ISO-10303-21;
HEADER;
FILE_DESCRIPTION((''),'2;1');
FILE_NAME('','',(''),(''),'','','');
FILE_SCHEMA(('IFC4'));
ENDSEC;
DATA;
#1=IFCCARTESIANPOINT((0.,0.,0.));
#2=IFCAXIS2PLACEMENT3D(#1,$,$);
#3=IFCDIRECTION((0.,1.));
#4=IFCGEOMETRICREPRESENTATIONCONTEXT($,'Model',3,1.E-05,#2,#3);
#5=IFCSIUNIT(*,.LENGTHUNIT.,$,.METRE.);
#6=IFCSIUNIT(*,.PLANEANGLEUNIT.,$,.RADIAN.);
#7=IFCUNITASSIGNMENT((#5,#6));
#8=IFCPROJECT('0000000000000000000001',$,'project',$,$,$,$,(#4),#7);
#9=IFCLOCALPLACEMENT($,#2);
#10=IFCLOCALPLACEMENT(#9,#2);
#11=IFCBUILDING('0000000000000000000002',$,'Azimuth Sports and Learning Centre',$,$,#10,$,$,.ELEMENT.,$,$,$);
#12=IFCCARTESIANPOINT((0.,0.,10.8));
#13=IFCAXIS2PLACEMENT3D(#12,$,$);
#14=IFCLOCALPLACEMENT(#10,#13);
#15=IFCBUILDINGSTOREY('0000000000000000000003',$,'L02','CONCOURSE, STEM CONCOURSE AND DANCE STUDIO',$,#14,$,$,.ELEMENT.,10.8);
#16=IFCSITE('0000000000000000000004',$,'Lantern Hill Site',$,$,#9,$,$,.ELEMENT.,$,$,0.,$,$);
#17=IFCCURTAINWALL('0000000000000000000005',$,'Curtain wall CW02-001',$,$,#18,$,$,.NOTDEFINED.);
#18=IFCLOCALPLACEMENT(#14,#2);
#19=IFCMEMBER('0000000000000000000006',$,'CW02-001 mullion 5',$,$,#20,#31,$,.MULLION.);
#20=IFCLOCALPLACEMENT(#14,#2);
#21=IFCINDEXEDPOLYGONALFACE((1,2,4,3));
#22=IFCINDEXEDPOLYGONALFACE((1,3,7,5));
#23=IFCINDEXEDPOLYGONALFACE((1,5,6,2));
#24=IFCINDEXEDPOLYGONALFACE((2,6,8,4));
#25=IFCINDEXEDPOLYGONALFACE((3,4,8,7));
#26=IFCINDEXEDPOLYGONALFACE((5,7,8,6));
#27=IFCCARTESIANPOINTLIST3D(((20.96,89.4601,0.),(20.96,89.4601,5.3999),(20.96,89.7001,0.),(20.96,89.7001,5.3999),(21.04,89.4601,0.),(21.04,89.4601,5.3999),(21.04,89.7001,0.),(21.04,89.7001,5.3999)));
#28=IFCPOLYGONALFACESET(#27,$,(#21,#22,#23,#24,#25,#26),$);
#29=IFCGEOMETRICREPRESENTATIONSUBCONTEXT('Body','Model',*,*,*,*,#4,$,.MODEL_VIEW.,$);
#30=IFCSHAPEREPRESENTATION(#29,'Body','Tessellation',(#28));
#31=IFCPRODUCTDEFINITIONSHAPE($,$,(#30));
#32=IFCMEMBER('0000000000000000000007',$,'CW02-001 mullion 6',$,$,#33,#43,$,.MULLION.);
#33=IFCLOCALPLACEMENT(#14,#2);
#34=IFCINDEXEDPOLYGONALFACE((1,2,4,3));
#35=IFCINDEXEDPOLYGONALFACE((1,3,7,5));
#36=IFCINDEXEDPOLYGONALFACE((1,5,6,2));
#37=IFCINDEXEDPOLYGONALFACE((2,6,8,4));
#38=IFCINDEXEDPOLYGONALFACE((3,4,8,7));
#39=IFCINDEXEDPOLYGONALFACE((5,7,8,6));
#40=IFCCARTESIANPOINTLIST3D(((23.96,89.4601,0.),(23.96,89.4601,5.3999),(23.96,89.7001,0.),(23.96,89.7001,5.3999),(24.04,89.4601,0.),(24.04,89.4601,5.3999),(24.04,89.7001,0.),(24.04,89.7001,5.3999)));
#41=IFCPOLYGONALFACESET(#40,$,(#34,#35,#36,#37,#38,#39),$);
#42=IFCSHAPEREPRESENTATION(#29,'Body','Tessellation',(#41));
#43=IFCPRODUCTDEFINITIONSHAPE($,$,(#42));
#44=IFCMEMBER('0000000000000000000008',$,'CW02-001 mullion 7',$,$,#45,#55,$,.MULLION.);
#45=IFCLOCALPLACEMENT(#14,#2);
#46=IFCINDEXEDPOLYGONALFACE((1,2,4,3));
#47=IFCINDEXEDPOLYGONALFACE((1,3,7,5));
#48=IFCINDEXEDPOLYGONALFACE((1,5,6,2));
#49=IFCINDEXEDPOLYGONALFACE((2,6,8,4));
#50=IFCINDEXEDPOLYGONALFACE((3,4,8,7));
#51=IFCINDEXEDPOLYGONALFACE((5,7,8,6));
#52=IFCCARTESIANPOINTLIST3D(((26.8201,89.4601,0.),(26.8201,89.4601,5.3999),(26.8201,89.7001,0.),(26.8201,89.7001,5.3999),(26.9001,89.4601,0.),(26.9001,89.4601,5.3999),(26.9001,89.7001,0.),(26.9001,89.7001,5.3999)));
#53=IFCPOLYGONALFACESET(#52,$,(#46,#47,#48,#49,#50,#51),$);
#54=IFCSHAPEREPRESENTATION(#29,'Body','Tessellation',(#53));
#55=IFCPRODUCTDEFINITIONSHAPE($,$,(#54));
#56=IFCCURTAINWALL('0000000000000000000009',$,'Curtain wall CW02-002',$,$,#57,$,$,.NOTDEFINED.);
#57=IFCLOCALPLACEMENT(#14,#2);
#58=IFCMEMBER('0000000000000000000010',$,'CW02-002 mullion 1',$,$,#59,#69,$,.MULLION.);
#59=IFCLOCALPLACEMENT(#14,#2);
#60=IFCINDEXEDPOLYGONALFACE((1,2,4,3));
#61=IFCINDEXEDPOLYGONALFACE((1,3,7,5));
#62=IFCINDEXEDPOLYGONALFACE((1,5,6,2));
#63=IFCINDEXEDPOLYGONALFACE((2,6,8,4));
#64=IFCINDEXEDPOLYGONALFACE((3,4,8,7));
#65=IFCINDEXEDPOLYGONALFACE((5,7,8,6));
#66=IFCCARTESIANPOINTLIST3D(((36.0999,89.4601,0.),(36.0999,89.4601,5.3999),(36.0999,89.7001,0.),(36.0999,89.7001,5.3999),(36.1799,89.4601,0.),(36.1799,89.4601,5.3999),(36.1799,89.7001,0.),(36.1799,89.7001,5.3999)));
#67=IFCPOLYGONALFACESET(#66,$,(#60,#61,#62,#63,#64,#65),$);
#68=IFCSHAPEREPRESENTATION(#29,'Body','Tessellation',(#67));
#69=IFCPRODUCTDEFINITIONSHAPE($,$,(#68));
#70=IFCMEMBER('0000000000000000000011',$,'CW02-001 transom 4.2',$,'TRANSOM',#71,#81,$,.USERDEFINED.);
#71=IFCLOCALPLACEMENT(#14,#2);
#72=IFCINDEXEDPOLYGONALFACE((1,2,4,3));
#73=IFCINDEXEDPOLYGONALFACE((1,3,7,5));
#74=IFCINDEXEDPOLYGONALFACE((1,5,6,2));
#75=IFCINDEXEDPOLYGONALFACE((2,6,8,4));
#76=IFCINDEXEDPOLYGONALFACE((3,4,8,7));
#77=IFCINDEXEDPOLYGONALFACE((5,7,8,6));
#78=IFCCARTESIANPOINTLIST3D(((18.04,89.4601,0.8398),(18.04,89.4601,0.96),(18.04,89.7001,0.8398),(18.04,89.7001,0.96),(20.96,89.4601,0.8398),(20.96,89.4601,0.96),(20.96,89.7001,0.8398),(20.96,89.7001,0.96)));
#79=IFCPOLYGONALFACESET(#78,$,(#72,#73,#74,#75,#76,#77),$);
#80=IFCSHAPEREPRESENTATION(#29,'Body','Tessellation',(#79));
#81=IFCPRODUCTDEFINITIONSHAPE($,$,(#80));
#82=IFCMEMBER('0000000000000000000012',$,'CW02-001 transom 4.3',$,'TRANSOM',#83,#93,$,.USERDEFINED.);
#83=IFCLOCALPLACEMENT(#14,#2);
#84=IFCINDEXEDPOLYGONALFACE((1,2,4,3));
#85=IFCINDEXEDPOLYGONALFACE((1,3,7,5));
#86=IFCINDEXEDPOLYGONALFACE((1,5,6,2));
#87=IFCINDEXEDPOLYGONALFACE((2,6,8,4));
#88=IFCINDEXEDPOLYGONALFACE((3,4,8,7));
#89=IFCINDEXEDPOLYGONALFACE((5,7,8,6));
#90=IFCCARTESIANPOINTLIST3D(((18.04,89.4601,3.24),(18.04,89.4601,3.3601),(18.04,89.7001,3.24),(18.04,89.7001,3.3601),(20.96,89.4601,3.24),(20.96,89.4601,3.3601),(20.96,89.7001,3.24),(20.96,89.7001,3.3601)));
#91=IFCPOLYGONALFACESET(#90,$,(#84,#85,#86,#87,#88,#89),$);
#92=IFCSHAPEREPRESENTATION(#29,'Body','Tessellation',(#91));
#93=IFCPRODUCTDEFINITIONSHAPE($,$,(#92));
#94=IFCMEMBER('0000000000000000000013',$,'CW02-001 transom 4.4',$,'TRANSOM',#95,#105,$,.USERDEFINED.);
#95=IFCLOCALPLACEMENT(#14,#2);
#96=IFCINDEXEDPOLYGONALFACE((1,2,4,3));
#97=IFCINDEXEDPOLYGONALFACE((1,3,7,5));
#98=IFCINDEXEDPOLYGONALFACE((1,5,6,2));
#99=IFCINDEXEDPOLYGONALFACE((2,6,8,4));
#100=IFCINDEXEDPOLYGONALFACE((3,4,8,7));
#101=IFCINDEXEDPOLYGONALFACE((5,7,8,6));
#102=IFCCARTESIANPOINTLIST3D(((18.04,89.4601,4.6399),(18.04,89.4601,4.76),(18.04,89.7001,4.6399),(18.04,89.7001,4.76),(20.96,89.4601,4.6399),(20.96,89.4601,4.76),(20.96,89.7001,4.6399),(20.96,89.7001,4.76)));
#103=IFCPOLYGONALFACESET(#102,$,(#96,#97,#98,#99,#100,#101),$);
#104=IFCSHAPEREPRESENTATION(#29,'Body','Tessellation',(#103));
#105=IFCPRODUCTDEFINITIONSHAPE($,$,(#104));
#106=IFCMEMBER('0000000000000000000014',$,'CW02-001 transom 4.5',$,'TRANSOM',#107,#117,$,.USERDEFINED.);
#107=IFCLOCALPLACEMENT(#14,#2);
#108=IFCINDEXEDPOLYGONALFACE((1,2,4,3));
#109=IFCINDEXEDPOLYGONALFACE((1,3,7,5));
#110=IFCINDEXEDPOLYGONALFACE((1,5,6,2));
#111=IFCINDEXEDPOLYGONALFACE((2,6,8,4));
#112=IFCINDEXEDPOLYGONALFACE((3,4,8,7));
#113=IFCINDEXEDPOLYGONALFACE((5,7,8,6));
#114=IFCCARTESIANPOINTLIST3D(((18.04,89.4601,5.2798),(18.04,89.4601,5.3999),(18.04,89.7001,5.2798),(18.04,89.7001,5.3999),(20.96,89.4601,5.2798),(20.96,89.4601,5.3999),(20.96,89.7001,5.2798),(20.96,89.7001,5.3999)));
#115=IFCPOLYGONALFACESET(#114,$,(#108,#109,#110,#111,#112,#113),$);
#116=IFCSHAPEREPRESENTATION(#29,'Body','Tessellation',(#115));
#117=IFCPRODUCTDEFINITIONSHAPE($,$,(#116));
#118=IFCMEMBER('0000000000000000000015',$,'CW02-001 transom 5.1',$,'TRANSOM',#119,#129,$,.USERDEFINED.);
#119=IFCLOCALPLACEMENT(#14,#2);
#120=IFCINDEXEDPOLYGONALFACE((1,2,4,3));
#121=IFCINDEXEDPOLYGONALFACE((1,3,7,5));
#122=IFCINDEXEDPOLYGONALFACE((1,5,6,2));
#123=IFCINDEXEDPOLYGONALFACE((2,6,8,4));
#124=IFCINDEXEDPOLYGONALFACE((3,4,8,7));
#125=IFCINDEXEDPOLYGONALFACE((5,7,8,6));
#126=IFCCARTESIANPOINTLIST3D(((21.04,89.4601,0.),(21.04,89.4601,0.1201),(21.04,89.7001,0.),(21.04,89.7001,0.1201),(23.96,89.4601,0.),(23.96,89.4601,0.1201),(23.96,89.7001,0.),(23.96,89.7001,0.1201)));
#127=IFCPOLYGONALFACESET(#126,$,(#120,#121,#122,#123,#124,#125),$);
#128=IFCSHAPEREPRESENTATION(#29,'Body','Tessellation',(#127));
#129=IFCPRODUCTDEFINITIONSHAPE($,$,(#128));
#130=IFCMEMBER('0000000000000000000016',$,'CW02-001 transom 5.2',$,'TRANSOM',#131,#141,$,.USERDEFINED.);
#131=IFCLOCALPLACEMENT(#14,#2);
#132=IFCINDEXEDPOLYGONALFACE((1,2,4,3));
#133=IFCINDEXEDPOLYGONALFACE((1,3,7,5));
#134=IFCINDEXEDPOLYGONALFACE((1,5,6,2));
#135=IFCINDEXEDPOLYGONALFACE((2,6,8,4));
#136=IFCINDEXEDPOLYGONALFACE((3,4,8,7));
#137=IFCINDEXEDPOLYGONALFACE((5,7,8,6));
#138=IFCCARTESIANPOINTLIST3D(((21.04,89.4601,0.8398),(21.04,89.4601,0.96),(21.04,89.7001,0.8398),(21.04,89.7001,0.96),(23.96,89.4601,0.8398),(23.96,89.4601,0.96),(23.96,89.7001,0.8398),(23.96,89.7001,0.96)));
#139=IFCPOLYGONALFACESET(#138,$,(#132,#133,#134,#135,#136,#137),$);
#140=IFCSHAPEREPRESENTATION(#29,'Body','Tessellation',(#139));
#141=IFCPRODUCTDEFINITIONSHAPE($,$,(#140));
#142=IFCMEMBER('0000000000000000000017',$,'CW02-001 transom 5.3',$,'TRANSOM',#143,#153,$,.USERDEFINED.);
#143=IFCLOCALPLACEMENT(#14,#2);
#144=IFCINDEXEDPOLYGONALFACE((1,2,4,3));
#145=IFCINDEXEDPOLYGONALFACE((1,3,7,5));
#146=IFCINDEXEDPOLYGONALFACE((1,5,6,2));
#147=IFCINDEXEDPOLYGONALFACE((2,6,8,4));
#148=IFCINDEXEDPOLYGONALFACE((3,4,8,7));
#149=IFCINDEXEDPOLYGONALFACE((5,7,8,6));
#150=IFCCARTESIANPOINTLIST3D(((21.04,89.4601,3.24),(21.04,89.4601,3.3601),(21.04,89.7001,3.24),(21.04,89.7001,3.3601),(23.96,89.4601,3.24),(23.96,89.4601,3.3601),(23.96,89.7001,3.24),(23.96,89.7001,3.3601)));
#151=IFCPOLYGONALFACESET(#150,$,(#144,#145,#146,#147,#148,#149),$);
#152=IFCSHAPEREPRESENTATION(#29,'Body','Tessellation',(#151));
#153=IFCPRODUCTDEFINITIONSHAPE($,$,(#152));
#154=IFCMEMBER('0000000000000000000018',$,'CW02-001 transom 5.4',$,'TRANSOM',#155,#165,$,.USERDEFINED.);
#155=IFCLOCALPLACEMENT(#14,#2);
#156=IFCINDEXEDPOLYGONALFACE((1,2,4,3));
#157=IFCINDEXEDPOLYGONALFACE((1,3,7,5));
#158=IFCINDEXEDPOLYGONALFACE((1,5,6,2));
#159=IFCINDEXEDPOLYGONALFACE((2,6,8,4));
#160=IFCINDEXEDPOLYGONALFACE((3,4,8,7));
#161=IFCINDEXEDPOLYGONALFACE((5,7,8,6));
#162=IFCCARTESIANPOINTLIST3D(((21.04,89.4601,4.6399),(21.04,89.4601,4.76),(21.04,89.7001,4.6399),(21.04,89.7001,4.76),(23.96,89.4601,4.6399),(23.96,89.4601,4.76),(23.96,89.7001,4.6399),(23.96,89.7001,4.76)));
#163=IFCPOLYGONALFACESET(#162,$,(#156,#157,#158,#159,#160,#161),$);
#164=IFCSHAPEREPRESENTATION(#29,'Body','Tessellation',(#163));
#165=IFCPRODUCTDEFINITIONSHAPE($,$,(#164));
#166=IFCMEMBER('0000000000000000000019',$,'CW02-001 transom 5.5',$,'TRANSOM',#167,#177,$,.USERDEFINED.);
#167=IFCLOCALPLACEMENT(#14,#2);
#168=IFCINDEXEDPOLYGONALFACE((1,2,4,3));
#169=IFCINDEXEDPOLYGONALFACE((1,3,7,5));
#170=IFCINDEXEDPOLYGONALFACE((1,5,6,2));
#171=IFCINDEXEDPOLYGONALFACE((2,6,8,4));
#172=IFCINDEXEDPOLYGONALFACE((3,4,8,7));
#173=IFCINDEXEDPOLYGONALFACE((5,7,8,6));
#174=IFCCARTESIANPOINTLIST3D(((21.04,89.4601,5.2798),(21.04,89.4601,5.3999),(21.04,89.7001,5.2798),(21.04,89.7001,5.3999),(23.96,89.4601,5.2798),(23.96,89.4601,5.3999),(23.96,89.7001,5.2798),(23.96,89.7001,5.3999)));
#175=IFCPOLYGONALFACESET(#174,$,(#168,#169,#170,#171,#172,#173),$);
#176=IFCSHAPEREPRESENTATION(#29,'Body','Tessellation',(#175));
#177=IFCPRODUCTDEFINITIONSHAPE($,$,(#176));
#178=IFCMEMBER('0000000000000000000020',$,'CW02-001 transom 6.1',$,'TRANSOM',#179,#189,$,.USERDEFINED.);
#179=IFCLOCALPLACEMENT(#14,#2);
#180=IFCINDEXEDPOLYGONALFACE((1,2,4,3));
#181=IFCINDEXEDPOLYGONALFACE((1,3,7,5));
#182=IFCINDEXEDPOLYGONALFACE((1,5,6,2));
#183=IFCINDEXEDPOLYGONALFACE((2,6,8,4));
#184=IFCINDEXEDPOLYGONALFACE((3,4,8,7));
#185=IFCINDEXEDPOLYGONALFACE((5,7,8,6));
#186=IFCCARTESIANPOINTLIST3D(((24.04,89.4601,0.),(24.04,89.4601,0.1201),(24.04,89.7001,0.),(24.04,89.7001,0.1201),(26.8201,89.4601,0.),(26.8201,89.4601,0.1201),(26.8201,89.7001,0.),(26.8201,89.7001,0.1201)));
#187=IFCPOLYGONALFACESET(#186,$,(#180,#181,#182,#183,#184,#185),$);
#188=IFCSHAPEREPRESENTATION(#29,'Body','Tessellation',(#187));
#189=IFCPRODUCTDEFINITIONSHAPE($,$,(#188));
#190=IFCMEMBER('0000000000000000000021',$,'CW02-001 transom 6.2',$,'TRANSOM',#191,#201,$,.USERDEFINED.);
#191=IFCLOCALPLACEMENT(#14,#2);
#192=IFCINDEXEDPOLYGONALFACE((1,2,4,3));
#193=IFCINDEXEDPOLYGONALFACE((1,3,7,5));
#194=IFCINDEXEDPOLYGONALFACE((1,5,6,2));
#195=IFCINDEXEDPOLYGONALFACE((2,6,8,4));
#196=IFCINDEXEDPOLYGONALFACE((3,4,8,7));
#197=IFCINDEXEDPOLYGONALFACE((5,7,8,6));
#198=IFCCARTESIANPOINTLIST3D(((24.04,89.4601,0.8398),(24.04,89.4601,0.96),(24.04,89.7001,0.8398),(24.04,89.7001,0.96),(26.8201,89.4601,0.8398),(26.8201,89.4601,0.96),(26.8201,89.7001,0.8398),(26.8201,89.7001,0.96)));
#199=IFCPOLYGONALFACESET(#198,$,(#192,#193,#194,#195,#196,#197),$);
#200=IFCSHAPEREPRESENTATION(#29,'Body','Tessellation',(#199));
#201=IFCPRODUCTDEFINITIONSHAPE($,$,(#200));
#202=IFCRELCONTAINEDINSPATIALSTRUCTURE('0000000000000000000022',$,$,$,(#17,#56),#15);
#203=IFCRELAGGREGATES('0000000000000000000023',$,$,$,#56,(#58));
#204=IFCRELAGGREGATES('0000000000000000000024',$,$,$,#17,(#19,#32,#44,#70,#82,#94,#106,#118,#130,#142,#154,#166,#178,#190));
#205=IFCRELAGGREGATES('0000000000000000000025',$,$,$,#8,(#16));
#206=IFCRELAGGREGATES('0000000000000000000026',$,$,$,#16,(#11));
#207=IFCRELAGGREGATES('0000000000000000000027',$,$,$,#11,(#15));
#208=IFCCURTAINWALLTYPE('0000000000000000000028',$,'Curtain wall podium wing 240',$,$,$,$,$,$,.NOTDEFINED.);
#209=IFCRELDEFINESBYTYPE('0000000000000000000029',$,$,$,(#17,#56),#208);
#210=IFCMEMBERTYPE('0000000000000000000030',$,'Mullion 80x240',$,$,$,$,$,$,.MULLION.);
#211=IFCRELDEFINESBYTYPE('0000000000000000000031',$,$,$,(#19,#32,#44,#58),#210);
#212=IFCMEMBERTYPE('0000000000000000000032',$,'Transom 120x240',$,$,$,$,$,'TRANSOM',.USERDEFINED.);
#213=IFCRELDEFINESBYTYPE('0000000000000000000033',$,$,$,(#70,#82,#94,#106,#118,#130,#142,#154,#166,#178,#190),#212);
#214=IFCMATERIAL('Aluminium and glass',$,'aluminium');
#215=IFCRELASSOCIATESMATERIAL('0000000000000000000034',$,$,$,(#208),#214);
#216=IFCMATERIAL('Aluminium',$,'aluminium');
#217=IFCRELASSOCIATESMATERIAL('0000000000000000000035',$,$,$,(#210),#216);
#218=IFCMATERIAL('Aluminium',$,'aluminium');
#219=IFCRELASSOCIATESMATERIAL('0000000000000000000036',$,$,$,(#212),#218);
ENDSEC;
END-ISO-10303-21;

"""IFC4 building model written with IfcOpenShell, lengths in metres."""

from ifc_helpers import new_model, si_unit, direction, frame, origin, origin_2d, place, context, subcontext, project, spatial, rectangle, extrude, material, material_profile, profile_set, type_object, element, aggregate, save


model = new_model("IFC4")

# Units and contexts
model_context = context("Model", 3, precision=1e-05, world=origin(), true_north=direction((0.0, 1.0)))
body_context = subcontext(model_context, "Body", "Model", "MODEL_VIEW")
ifc_project = project(units=[si_unit("LENGTHUNIT", "METRE"), si_unit("PLANEANGLEUNIT", "RADIAN")], contexts=[model_context])

# Site, building, storey
site_placement = place(None, origin())
site = spatial("IfcSite", under=ifc_project, at=site_placement, Name="Lantern Hill Site", CompositionType="ELEMENT", RefElevation=0.0)
building_placement = place(site_placement, origin())
building = spatial("IfcBuilding", under=site, at=building_placement, Name="Azimuth Sports and Learning Centre", CompositionType="ELEMENT")
storey_placement = place(building_placement, frame((0.0, 0.0, 10.8)))
storey = spatial("IfcBuildingStorey", under=building, at=storey_placement, Name="L02", Description="CONCOURSE, STEM CONCOURSE AND DANCE STUDIO", CompositionType="ELEMENT", Elevation=10.8)

# Curtain wall, members
ifc_material_1 = material(Name="Aluminium and glass", Category="aluminium")
curtain_wall_type = type_object("IfcCurtainWallType", Name="Curtain wall podium wing 240", PredefinedType="NOTDEFINED", material=ifc_material_1)
curtain_wall_1_placement = place(storey_placement, origin())
curtain_wall_1 = element("IfcCurtainWall", 1, at=curtain_wall_1_placement, inside=storey, type_object=curtain_wall_type, Name="Curtain wall CW02-001", PredefinedType="NOTDEFINED")
ifc_material_2 = material(Name="Aluminium", Category="aluminium")
ifc_material_profile_1 = material_profile(ifc_material_2, rectangle(XDim=0.24, YDim=0.0801, at=origin_2d()), Name="Mullion 80x240")
ifc_profile_set_1 = profile_set([ifc_material_profile_1], Name="Aluminium")
member_type_1 = type_object("IfcMemberType", Name="Mullion 80x240", PredefinedType="MULLION", material=ifc_profile_set_1)
member_1_placement = place(storey_placement, frame((21.0, 89.5801, 0.0), z_axis=(0.0, 0.0, 1.0), x_axis=(0.0, 1.0, 0.0)))
member_1 = element("IfcMember", 2, at=member_1_placement, type_object=member_type_1, Name="CW02-001 mullion 5", PredefinedType="MULLION", context=body_context, shape_type="SweptSolid", body=[
    extrude(rectangle(XDim=0.24, YDim=0.0801, at=origin_2d()), origin(), (0.0, 0.0, 1.0), 5.3999),
])
member_2_placement = place(storey_placement, frame((24.0, 89.5801, 0.0), z_axis=(0.0, 0.0, 1.0), x_axis=(0.0, 1.0, 0.0)))
member_2 = element("IfcMember", 3, at=member_2_placement, type_object=member_type_1, Name="CW02-001 mullion 6", PredefinedType="MULLION", context=body_context, shape_type="SweptSolid", body=[
    extrude(rectangle(XDim=0.24, YDim=0.0801, at=origin_2d()), origin(), (0.0, 0.0, 1.0), 5.3999),
])
member_3_placement = place(storey_placement, frame((26.8601, 89.5801, 0.0), z_axis=(0.0, 0.0, 1.0), x_axis=(0.0, 1.0, 0.0)))
member_3 = element("IfcMember", 4, at=member_3_placement, type_object=member_type_1, Name="CW02-001 mullion 7", PredefinedType="MULLION", context=body_context, shape_type="SweptSolid", body=[
    extrude(rectangle(XDim=0.24, YDim=0.0801, at=origin_2d()), origin(), (0.0, 0.0, 1.0), 5.3999),
])

# Curtain wall, member
curtain_wall_2_placement = place(storey_placement, origin())
curtain_wall_2 = element("IfcCurtainWall", 5, at=curtain_wall_2_placement, inside=storey, type_object=curtain_wall_type, Name="Curtain wall CW02-002", PredefinedType="NOTDEFINED")
member_4_placement = place(storey_placement, frame((36.1399, 89.5801, 0.0), z_axis=(0.0, 0.0, 1.0), x_axis=(0.0, 1.0, 0.0)))
member_4 = element("IfcMember", 6, at=member_4_placement, type_object=member_type_1, Name="CW02-002 mullion 1", PredefinedType="MULLION", context=body_context, shape_type="SweptSolid", body=[
    extrude(rectangle(XDim=0.24, YDim=0.0801, at=origin_2d()), origin(), (0.0, 0.0, 1.0), 5.3999),
])

# Members
ifc_material_3 = material(Name="Aluminium", Category="aluminium")
ifc_material_profile_2 = material_profile(ifc_material_3, rectangle(XDim=0.24, YDim=0.1201, at=origin_2d()), Name="Transom 120x240")
ifc_profile_set_2 = profile_set([ifc_material_profile_2], Name="Aluminium")
member_type_2 = type_object("IfcMemberType", Name="Transom 120x240", ElementType="TRANSOM", PredefinedType="USERDEFINED", material=ifc_profile_set_2)
member_5_placement = place(storey_placement, frame((18.04, 89.5801, 0.8999), z_axis=(1.0, 0.0, 0.0), x_axis=(0.0, 1.0, 0.0)))
member_5 = element("IfcMember", 7, at=member_5_placement, type_object=member_type_2, Name="CW02-001 transom 4.2", ObjectType="TRANSOM", PredefinedType="USERDEFINED", context=body_context, shape_type="SweptSolid", body=[
    extrude(rectangle(XDim=0.24, YDim=0.1201, at=origin_2d()), origin(), (0.0, 0.0, 1.0), 2.9199),
])
member_6_placement = place(storey_placement, frame((18.04, 89.5801, 3.3), z_axis=(1.0, 0.0, 0.0), x_axis=(0.0, 1.0, 0.0)))
member_6 = element("IfcMember", 8, at=member_6_placement, type_object=member_type_2, Name="CW02-001 transom 4.3", ObjectType="TRANSOM", PredefinedType="USERDEFINED", context=body_context, shape_type="SweptSolid", body=[
    extrude(rectangle(XDim=0.24, YDim=0.1201, at=origin_2d()), origin(), (0.0, 0.0, 1.0), 2.9199),
])
member_7_placement = place(storey_placement, frame((18.04, 89.5801, 4.7), z_axis=(1.0, 0.0, 0.0), x_axis=(0.0, 1.0, 0.0)))
member_7 = element("IfcMember", 9, at=member_7_placement, type_object=member_type_2, Name="CW02-001 transom 4.4", ObjectType="TRANSOM", PredefinedType="USERDEFINED", context=body_context, shape_type="SweptSolid", body=[
    extrude(rectangle(XDim=0.24, YDim=0.1201, at=origin_2d()), origin(), (0.0, 0.0, 1.0), 2.9199),
])
member_8_placement = place(storey_placement, frame((18.04, 89.5801, 5.3398), z_axis=(1.0, 0.0, 0.0), x_axis=(0.0, 1.0, 0.0)))
member_8 = element("IfcMember", 10, at=member_8_placement, type_object=member_type_2, Name="CW02-001 transom 4.5", ObjectType="TRANSOM", PredefinedType="USERDEFINED", context=body_context, shape_type="SweptSolid", body=[
    extrude(rectangle(XDim=0.24, YDim=0.1201, at=origin_2d()), origin(), (0.0, 0.0, 1.0), 2.9199),
])
member_9_placement = place(storey_placement, frame((21.04, 89.5801, 0.0601), z_axis=(1.0, 0.0, 0.0), x_axis=(0.0, 1.0, 0.0)))
member_9 = element("IfcMember", 11, at=member_9_placement, type_object=member_type_2, Name="CW02-001 transom 5.1", ObjectType="TRANSOM", PredefinedType="USERDEFINED", context=body_context, shape_type="SweptSolid", body=[
    extrude(rectangle(XDim=0.24, YDim=0.1201, at=origin_2d()), origin(), (0.0, 0.0, 1.0), 2.9199),
])
member_10_placement = place(storey_placement, frame((21.04, 89.5801, 0.8999), z_axis=(1.0, 0.0, 0.0), x_axis=(0.0, 1.0, 0.0)))
member_10 = element("IfcMember", 12, at=member_10_placement, type_object=member_type_2, Name="CW02-001 transom 5.2", ObjectType="TRANSOM", PredefinedType="USERDEFINED", context=body_context, shape_type="SweptSolid", body=[
    extrude(rectangle(XDim=0.24, YDim=0.1201, at=origin_2d()), origin(), (0.0, 0.0, 1.0), 2.9199),
])
member_11_placement = place(storey_placement, frame((21.04, 89.5801, 3.3), z_axis=(1.0, 0.0, 0.0), x_axis=(0.0, 1.0, 0.0)))
member_11 = element("IfcMember", 13, at=member_11_placement, type_object=member_type_2, Name="CW02-001 transom 5.3", ObjectType="TRANSOM", PredefinedType="USERDEFINED", context=body_context, shape_type="SweptSolid", body=[
    extrude(rectangle(XDim=0.24, YDim=0.1201, at=origin_2d()), origin(), (0.0, 0.0, 1.0), 2.9199),
])
member_12_placement = place(storey_placement, frame((21.04, 89.5801, 4.7), z_axis=(1.0, 0.0, 0.0), x_axis=(0.0, 1.0, 0.0)))
member_12 = element("IfcMember", 14, at=member_12_placement, type_object=member_type_2, Name="CW02-001 transom 5.4", ObjectType="TRANSOM", PredefinedType="USERDEFINED", context=body_context, shape_type="SweptSolid", body=[
    extrude(rectangle(XDim=0.24, YDim=0.1201, at=origin_2d()), origin(), (0.0, 0.0, 1.0), 2.9199),
])
member_13_placement = place(storey_placement, frame((21.04, 89.5801, 5.3398), z_axis=(1.0, 0.0, 0.0), x_axis=(0.0, 1.0, 0.0)))
member_13 = element("IfcMember", 15, at=member_13_placement, type_object=member_type_2, Name="CW02-001 transom 5.5", ObjectType="TRANSOM", PredefinedType="USERDEFINED", context=body_context, shape_type="SweptSolid", body=[
    extrude(rectangle(XDim=0.24, YDim=0.1201, at=origin_2d()), origin(), (0.0, 0.0, 1.0), 2.9199),
])
member_14_placement = place(storey_placement, frame((24.04, 89.5801, 0.0601), z_axis=(1.0, 0.0, 0.0), x_axis=(0.0, 1.0, 0.0)))
member_14 = element("IfcMember", 16, at=member_14_placement, type_object=member_type_2, Name="CW02-001 transom 6.1", ObjectType="TRANSOM", PredefinedType="USERDEFINED", context=body_context, shape_type="SweptSolid", body=[
    extrude(rectangle(XDim=0.24, YDim=0.1201, at=origin_2d()), origin(), (0.0, 0.0, 1.0), 2.78),
])
member_15_placement = place(storey_placement, frame((24.04, 89.5801, 0.8999), z_axis=(1.0, 0.0, 0.0), x_axis=(0.0, 1.0, 0.0)))
member_15 = element("IfcMember", 17, at=member_15_placement, type_object=member_type_2, Name="CW02-001 transom 6.2", ObjectType="TRANSOM", PredefinedType="USERDEFINED", context=body_context, shape_type="SweptSolid", body=[
    extrude(rectangle(XDim=0.24, YDim=0.1201, at=origin_2d()), origin(), (0.0, 0.0, 1.0), 2.78),
])
aggregate(curtain_wall_2, [member_4])

aggregate(curtain_wall_1, [member_1, member_2, member_3, member_5, member_6, member_7, member_8, member_9, member_10, member_11, member_12, member_13, member_14, member_15])

save(model, "model.ifc")
